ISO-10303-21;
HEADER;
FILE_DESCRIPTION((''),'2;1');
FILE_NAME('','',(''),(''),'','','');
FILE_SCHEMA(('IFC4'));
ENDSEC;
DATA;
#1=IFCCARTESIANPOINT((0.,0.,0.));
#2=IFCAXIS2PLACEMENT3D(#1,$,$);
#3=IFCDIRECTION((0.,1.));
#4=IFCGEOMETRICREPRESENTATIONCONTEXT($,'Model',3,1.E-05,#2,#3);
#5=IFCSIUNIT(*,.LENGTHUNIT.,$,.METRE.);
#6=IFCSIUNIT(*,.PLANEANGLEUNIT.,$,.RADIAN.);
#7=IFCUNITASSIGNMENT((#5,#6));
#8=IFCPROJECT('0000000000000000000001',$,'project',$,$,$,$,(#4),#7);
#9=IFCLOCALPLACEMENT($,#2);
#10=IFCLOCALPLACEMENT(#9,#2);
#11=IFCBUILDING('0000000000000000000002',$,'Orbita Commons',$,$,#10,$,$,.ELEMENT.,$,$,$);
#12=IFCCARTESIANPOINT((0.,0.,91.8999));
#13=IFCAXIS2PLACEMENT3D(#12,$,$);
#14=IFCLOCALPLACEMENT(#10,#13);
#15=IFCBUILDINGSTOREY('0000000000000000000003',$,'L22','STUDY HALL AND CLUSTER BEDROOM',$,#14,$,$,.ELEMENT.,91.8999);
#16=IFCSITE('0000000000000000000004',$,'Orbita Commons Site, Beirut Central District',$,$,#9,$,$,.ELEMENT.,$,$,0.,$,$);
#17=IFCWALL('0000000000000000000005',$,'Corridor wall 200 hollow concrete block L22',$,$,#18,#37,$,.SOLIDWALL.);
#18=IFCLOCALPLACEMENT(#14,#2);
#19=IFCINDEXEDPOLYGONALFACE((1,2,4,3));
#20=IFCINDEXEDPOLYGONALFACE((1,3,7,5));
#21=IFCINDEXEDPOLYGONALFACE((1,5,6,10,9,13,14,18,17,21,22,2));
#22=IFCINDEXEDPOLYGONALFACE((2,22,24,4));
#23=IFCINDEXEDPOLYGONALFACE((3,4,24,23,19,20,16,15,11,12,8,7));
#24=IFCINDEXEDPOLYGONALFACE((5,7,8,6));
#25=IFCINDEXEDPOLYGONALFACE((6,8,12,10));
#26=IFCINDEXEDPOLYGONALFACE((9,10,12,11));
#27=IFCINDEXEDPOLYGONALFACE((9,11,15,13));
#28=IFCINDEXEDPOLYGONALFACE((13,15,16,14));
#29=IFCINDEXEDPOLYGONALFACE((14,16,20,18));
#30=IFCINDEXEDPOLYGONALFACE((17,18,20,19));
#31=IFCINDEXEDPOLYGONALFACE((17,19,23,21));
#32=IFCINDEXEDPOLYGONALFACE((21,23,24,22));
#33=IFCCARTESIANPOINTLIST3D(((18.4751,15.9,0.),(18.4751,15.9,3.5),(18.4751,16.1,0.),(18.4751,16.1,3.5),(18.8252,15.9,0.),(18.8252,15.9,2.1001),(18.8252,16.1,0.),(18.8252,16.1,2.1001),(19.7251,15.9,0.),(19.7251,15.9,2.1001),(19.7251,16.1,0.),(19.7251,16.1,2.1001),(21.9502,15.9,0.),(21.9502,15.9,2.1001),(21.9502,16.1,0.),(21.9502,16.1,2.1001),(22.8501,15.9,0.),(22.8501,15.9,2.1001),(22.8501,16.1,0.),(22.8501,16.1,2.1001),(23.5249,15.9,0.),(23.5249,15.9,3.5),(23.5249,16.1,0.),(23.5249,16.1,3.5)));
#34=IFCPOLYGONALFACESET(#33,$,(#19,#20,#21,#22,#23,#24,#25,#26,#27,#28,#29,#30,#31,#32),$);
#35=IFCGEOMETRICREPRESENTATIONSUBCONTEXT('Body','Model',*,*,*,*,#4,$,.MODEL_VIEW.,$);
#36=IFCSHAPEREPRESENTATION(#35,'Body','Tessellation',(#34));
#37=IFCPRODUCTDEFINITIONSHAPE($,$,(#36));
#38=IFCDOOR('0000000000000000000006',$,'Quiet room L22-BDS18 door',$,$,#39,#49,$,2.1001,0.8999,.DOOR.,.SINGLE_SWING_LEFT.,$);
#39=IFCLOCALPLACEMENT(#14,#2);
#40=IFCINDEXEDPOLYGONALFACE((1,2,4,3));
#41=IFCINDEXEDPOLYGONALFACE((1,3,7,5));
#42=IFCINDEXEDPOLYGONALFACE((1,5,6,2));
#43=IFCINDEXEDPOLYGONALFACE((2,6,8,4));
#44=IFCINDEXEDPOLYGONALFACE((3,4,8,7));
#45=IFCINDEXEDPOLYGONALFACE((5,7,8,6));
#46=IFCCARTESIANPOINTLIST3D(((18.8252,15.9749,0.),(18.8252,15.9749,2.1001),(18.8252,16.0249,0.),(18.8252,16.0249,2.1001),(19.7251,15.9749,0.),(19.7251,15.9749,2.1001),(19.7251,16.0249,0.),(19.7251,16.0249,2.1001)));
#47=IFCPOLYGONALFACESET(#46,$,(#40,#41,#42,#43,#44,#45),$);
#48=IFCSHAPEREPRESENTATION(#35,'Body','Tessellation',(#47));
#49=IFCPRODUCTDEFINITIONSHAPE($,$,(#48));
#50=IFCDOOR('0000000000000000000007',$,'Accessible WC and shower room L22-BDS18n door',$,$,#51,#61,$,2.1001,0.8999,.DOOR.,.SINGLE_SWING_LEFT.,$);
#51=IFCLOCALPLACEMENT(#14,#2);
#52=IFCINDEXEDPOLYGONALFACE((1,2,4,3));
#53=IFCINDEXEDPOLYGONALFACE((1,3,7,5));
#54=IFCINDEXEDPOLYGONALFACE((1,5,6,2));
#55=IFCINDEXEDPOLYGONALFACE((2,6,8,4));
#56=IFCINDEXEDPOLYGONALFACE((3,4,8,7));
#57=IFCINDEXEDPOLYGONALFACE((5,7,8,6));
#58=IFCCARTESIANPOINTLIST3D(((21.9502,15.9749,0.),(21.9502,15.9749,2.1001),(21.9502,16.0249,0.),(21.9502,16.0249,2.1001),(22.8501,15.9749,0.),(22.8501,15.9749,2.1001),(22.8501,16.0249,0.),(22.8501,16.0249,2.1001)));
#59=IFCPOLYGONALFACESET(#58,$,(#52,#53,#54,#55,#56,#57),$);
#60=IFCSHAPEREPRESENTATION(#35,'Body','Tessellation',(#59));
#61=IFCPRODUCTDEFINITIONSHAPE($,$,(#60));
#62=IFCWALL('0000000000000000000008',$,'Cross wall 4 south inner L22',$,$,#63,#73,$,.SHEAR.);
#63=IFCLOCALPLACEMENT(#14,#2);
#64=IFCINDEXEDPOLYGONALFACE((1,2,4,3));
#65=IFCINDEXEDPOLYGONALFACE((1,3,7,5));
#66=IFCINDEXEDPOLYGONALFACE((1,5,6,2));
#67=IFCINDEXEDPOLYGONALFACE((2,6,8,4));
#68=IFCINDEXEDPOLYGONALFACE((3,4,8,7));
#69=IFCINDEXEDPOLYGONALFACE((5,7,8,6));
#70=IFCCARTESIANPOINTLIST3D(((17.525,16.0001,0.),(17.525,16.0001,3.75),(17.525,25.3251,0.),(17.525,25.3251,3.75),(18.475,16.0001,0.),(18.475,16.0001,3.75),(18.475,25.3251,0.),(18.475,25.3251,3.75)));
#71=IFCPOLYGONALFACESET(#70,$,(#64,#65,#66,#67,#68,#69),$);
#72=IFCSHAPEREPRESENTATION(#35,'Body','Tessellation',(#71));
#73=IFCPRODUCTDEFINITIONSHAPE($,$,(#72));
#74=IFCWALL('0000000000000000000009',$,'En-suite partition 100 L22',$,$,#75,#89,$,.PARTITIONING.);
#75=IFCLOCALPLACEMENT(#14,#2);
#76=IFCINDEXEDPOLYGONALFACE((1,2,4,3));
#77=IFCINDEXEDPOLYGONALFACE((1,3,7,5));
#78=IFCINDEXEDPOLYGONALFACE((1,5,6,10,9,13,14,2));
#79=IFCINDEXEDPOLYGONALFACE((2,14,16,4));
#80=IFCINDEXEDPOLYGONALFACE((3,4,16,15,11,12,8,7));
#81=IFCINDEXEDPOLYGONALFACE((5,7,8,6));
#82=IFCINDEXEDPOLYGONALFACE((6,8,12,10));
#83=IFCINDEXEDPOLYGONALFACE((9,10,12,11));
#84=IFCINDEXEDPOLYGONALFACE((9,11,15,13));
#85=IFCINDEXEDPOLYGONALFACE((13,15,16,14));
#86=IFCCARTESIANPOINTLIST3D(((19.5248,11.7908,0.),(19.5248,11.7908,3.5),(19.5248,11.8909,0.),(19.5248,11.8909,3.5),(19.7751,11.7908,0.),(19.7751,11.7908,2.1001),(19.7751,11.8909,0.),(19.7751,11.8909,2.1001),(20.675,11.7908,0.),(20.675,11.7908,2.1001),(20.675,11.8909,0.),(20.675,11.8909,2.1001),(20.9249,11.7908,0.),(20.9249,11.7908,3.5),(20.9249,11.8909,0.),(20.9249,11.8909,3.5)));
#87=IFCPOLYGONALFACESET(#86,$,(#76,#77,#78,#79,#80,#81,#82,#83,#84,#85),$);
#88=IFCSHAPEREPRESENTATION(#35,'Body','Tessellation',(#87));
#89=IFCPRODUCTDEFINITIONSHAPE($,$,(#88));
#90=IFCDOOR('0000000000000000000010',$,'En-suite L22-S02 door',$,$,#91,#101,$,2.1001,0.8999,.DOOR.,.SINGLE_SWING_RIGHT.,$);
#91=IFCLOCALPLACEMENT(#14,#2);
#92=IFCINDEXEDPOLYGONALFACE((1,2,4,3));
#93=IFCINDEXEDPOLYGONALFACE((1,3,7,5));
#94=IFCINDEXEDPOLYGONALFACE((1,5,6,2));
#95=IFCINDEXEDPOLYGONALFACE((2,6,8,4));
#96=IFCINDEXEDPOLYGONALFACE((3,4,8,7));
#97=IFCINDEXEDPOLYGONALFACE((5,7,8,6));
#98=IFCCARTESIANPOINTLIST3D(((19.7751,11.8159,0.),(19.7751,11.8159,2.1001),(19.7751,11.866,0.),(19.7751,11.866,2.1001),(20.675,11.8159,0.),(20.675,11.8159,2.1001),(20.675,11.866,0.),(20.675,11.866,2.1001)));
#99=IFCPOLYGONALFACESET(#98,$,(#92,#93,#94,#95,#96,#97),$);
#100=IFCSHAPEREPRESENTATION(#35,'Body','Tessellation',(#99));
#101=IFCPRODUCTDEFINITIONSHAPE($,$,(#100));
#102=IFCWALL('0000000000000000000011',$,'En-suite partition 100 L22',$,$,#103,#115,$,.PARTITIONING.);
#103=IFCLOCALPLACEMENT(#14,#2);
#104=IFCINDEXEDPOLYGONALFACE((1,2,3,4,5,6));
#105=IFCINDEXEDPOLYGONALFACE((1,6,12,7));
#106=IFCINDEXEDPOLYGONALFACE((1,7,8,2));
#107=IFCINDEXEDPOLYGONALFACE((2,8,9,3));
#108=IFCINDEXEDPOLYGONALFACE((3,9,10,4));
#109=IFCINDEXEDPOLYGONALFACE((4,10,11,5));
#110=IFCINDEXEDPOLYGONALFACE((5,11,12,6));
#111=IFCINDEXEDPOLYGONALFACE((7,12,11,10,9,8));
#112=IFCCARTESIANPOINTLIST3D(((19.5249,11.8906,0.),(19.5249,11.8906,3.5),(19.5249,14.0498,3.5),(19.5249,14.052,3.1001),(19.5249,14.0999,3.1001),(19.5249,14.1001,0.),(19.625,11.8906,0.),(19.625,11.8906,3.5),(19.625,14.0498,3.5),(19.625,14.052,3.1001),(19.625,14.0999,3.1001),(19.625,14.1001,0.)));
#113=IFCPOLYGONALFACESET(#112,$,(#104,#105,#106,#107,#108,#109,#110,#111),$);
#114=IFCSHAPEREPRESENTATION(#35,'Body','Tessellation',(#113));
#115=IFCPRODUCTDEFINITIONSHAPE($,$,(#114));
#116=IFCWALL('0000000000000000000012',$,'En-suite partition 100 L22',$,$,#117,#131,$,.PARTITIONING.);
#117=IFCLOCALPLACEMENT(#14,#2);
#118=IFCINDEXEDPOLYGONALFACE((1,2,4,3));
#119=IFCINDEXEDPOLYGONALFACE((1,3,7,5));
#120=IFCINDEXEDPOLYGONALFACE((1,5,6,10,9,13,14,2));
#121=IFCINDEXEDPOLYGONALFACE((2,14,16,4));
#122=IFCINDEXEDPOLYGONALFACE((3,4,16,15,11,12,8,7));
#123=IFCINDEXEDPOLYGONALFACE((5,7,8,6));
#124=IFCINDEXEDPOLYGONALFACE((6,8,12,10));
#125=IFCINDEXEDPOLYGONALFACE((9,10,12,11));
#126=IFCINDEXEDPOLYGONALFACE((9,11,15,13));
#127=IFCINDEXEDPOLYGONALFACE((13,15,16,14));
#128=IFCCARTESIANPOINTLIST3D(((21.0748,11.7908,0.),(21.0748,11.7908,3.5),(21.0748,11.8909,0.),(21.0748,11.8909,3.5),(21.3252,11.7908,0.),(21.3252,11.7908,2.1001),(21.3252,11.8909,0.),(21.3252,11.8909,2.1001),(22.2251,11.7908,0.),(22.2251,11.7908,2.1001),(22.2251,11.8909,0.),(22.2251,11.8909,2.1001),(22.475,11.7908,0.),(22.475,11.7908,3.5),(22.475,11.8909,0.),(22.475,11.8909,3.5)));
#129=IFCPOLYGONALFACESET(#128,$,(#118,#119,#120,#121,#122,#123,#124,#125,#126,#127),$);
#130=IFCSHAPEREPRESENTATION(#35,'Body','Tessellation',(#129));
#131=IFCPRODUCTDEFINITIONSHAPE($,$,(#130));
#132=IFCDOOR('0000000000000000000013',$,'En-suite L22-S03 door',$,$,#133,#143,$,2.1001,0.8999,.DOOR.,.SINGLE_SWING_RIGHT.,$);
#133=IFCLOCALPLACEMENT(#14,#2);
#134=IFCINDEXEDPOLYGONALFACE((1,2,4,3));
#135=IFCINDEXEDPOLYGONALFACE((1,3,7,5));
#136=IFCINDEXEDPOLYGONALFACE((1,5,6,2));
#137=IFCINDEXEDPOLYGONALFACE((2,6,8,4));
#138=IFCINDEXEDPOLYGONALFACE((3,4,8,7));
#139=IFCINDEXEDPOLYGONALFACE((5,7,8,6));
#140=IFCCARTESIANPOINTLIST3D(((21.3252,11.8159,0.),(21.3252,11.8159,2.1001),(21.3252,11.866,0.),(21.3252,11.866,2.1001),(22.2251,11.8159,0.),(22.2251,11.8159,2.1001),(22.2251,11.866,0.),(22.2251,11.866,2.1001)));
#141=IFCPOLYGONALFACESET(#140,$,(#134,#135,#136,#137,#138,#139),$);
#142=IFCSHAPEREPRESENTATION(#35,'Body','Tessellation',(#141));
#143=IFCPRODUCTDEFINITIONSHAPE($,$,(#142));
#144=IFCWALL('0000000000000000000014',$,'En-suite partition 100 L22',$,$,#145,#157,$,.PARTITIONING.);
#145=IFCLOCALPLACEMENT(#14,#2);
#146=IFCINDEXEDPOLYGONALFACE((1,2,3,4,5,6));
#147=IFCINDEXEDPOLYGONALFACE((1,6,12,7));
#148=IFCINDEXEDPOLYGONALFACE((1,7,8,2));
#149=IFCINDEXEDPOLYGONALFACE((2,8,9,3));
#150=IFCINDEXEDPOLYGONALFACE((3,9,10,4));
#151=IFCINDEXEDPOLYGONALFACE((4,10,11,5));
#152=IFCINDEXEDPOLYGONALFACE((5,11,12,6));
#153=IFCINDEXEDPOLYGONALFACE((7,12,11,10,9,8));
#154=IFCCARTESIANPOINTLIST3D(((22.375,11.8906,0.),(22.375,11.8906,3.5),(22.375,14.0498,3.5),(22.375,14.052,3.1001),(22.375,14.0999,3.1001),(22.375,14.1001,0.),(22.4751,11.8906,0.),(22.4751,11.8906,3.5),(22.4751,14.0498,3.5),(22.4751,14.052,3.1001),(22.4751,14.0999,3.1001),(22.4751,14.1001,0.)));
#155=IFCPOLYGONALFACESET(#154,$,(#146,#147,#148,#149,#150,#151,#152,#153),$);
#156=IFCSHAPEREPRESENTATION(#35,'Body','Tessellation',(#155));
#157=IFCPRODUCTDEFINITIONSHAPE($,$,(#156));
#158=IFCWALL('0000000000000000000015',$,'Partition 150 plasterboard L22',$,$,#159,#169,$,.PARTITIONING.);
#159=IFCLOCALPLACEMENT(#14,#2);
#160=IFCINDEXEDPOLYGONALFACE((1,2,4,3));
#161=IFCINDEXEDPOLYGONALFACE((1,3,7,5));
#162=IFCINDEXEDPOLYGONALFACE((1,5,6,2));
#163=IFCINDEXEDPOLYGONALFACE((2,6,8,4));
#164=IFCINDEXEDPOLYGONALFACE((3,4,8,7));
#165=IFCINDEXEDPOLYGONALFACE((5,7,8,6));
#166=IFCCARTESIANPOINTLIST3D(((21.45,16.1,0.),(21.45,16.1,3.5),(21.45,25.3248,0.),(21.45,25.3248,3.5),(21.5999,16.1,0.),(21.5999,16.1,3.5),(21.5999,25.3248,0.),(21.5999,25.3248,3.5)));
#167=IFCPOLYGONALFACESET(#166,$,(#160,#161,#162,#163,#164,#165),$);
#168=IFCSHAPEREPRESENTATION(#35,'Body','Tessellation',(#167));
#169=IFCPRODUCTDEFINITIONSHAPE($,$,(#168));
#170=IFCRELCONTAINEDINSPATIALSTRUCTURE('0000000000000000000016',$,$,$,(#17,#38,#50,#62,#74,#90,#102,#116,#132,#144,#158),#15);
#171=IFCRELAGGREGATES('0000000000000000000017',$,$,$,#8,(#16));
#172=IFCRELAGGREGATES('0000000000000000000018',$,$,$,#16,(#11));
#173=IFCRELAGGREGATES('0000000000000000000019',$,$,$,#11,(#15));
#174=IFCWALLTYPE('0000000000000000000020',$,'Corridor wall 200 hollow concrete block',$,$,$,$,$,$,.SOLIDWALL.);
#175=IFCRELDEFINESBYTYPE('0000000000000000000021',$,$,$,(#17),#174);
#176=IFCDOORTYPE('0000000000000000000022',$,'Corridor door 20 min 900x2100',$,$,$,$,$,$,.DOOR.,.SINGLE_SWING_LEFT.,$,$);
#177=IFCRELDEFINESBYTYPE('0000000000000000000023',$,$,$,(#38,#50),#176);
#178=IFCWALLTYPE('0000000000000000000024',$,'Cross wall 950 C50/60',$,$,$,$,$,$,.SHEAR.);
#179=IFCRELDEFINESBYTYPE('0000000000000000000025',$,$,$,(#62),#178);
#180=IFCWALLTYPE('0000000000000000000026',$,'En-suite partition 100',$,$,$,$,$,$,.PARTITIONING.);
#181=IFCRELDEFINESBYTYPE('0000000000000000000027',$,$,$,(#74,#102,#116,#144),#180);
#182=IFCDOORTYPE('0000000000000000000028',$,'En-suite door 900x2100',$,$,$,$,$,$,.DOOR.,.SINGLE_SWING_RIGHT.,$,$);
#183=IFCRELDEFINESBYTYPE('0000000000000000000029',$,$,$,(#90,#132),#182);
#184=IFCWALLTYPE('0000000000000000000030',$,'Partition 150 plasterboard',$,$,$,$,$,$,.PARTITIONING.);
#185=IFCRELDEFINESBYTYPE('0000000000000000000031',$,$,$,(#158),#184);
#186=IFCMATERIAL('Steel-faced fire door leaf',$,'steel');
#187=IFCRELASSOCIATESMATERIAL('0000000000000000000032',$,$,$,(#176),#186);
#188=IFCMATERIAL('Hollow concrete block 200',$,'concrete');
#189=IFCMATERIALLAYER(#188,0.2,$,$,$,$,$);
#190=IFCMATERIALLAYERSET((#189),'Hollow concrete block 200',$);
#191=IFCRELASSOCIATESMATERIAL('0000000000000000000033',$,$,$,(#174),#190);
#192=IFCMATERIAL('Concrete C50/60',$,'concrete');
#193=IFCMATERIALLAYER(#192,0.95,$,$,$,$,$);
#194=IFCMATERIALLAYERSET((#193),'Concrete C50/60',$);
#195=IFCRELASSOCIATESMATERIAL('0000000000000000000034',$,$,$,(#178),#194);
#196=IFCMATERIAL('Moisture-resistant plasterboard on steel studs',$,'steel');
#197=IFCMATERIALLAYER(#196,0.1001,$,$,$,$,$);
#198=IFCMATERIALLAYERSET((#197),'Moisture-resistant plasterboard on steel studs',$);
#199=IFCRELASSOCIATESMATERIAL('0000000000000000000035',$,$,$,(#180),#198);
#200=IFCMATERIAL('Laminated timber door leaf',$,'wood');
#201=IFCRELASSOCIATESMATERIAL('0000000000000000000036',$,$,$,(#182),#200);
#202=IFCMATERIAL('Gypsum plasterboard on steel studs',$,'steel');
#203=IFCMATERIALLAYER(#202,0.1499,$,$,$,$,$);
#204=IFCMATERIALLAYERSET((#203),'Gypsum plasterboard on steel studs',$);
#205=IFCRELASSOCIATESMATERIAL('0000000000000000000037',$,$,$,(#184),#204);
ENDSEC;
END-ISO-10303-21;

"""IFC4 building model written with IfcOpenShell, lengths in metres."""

from ifc_helpers import new_model, si_unit, direction, frame, frame_2d, origin, place, context, subcontext, project, spatial, polyline, rectangle, outline, extrude, material, layer, layer_set, type_object, element, fill, save


model = new_model("IFC4")

# Units and contexts
model_context = context("Model", 3, precision=1e-05, world=origin(), true_north=direction((0.0, 1.0)))
body_context = subcontext(model_context, "Body", "Model", "MODEL_VIEW")
ifc_project = project(units=[si_unit("LENGTHUNIT", "METRE"), si_unit("PLANEANGLEUNIT", "RADIAN")], contexts=[model_context])

# Site, building, storey
site_placement = place(None, origin())
site = spatial("IfcSite", under=ifc_project, at=site_placement, Name="Orbita Commons Site, Beirut Central District", CompositionType="ELEMENT", RefElevation=0.0)
building_placement = place(site_placement, origin())
building = spatial("IfcBuilding", under=site, at=building_placement, Name="Orbita Commons", CompositionType="ELEMENT")
storey_placement = place(building_placement, frame((0.0, 0.0, 91.8999)))
storey = spatial("IfcBuildingStorey", under=building, at=storey_placement, Name="L22", Description="STUDY HALL AND CLUSTER BEDROOM", CompositionType="ELEMENT", Elevation=91.8999)

# Wall, openings, doors
ifc_material_1 = material(Name="Steel-faced fire door leaf", Category="steel")
door_type_1 = type_object("IfcDoorType", Name="Corridor door 20 min 900x2100", OperationType="SINGLE_SWING_LEFT", PredefinedType="DOOR", material=ifc_material_1)
ifc_material_2 = material(Name="Hollow concrete block 200", Category="concrete")
ifc_layer_1 = layer(ifc_material_2, 0.2)
ifc_layer_set_1 = layer_set([ifc_layer_1], Name="Hollow concrete block 200")
wall_type_1 = type_object("IfcWallType", Name="Corridor wall 200 hollow concrete block", PredefinedType="SOLIDWALL", material=ifc_layer_set_1)
wall_1_placement = place(storey_placement, frame((18.4751, 16.0, 0.0), z_axis=(0.0, 0.0, 1.0), x_axis=(1.0, 0.0, 0.0)))
wall_1 = element("IfcWall", 1, at=wall_1_placement, inside=storey, type_object=wall_type_1, Name="Corridor wall 200 hollow concrete block L22", PredefinedType="SOLIDWALL", context=body_context, shape_type="SweptSolid", body=[
    extrude(rectangle(XDim=5.0498, YDim=0.2, at=frame_2d((2.5249, 0.0))), origin(), (0.0, 0.0, 1.0), 3.5),
])
opening_1_placement = place(wall_1_placement, frame((0.3501, 0.0, 0.0)))
opening_1 = element("IfcOpeningElement", 2, at=opening_1_placement, cuts=wall_1, PredefinedType="OPENING", context=body_context, shape_type="SweptSolid", body=[
    extrude(rectangle(XDim=0.8999, YDim=2.1001, at=frame_2d((0.45, 1.05))), frame((0.0, 0.1099, 0.0), z_axis=(0.0, -1.0, 0.0), x_axis=(1.0, 0.0, 0.0)), (0.0, 0.0, 1.0), 0.22),
])
opening_2_placement = place(wall_1_placement, frame((3.4751, 0.0, 0.0)))
opening_2 = element("IfcOpeningElement", 3, at=opening_2_placement, cuts=wall_1, PredefinedType="OPENING", context=body_context, shape_type="SweptSolid", body=[
    extrude(rectangle(XDim=0.8999, YDim=2.1001, at=frame_2d((0.45, 1.05))), frame((0.0, 0.1099, 0.0), z_axis=(0.0, -1.0, 0.0), x_axis=(1.0, 0.0, 0.0)), (0.0, 0.0, 1.0), 0.22),
])
door_1_placement = place(opening_1_placement, origin())
door_1 = element("IfcDoor", 4, at=door_1_placement, inside=storey, type_object=door_type_1, Name="Quiet room L22-BDS18 door", OperationType="SINGLE_SWING_LEFT", OverallHeight=2.1001, OverallWidth=0.8999, PredefinedType="DOOR", context=body_context, shape_type="SweptSolid", body=[
    extrude(rectangle(XDim=0.8999, YDim=2.1001, at=frame_2d((0.45, 1.05))), frame((0.0, 0.0249, 0.0), z_axis=(0.0, -1.0, 0.0), x_axis=(1.0, 0.0, 0.0)), (0.0, 0.0, 1.0), 0.05),
])
fill(opening_1, door_1)
door_2_placement = place(opening_2_placement, origin())
door_2 = element("IfcDoor", 5, at=door_2_placement, inside=storey, type_object=door_type_1, Name="Accessible WC and shower room L22-BDS18n door", OperationType="SINGLE_SWING_LEFT", OverallHeight=2.1001, OverallWidth=0.8999, PredefinedType="DOOR", context=body_context, shape_type="SweptSolid", body=[
    extrude(rectangle(XDim=0.8999, YDim=2.1001, at=frame_2d((0.45, 1.05))), frame((0.0, 0.0249, 0.0), z_axis=(0.0, -1.0, 0.0), x_axis=(1.0, 0.0, 0.0)), (0.0, 0.0, 1.0), 0.05),
])
fill(opening_2, door_2)

# Wall
ifc_material_3 = material(Name="Concrete C50/60", Category="concrete")
ifc_layer_2 = layer(ifc_material_3, 0.95)
ifc_layer_set_2 = layer_set([ifc_layer_2], Name="Concrete C50/60")
wall_type_2 = type_object("IfcWallType", Name="Cross wall 950 C50/60", PredefinedType="SHEAR", material=ifc_layer_set_2)
wall_2_placement = place(storey_placement, frame((18.0, 16.0, 0.0), z_axis=(0.0, 0.0, 1.0), x_axis=(0.0, 1.0, 0.0)))
element("IfcWall", 6, at=wall_2_placement, inside=storey, type_object=wall_type_2, Name="Cross wall 4 south inner L22", PredefinedType="SHEAR", context=body_context, shape_type="SweptSolid", body=[
    extrude(rectangle(XDim=9.325, YDim=0.95, at=frame_2d((4.6626, 0.0))), origin(), (0.0, 0.0, 1.0), 3.75),
])

# Wall, opening, door
ifc_material_4 = material(Name="Moisture-resistant plasterboard on steel studs", Category="steel")
ifc_layer_3 = layer(ifc_material_4, 0.1001)
ifc_layer_set_3 = layer_set([ifc_layer_3], Name="Moisture-resistant plasterboard on steel studs")
wall_type_3 = type_object("IfcWallType", Name="En-suite partition 100", PredefinedType="PARTITIONING", material=ifc_layer_set_3)
wall_3_placement = place(storey_placement, frame((20.925, 11.8408, 0.0), z_axis=(0.0, 0.0, 1.0), x_axis=(-1.0, 0.0, 0.0)))
wall_3 = element("IfcWall", 7, at=wall_3_placement, inside=storey, type_object=wall_type_3, Name="En-suite partition 100 L22", PredefinedType="PARTITIONING", context=body_context, shape_type="SweptSolid", body=[
    extrude(rectangle(XDim=1.4001, YDim=0.1001, at=frame_2d((0.7002, 0.0))), origin(), (0.0, 0.0, 1.0), 3.5),
])
opening_3_placement = place(wall_3_placement, frame((0.25, 0.0, 0.0)))
opening_3 = element("IfcOpeningElement", 8, at=opening_3_placement, cuts=wall_3, PredefinedType="OPENING", context=body_context, shape_type="SweptSolid", body=[
    extrude(rectangle(XDim=0.8999, YDim=2.1001, at=frame_2d((0.45, 1.05))), frame((0.0, 0.0601, 0.0), z_axis=(0.0, -1.0, 0.0), x_axis=(1.0, 0.0, 0.0)), (0.0, 0.0, 1.0), 0.1201),
])
ifc_material_5 = material(Name="Laminated timber door leaf", Category="wood")
door_type_2 = type_object("IfcDoorType", Name="En-suite door 900x2100", OperationType="SINGLE_SWING_RIGHT", PredefinedType="DOOR", material=ifc_material_5)
door_3_placement = place(opening_3_placement, origin())
door_3 = element("IfcDoor", 9, at=door_3_placement, inside=storey, type_object=door_type_2, Name="En-suite L22-S02 door", OperationType="SINGLE_SWING_RIGHT", OverallHeight=2.1001, OverallWidth=0.8999, PredefinedType="DOOR", context=body_context, shape_type="SweptSolid", body=[
    extrude(rectangle(XDim=0.8999, YDim=2.1001, at=frame_2d((0.45, 1.05))), frame((0.0, 0.0249, 0.0), z_axis=(0.0, -1.0, 0.0), x_axis=(1.0, 0.0, 0.0)), (0.0, 0.0, 1.0), 0.05),
])
fill(opening_3, door_3)

# Wall
wall_4_placement = place(storey_placement, frame((19.575, 11.8906, 0.0), z_axis=(0.0, 0.0, 1.0), x_axis=(0.0, 1.0, 0.0)))
element("IfcWall", 10, at=wall_4_placement, inside=storey, type_object=wall_type_3, Name="En-suite partition 100 L22", PredefinedType="PARTITIONING", context=body_context, shape_type="SweptSolid", body=[
    extrude(outline(polyline([(0.0, 0.0), (2.2095, 0.0), (2.2092, 3.1001), (2.1614, 3.1001), (2.1592, 3.5), (0.0, 3.5), (0.0, 0.0)])), frame((0.0, 0.05, 0.0), z_axis=(0.0, -1.0, 0.0), x_axis=(1.0, 0.0, 0.0)), (0.0, 0.0, 1.0), 0.1001),
])

# Wall, opening, door
wall_5_placement = place(storey_placement, frame((22.4751, 11.8408, 0.0), z_axis=(0.0, 0.0, 1.0), x_axis=(-1.0, 0.0, 0.0)))
wall_5 = element("IfcWall", 11, at=wall_5_placement, inside=storey, type_object=wall_type_3, Name="En-suite partition 100 L22", PredefinedType="PARTITIONING", context=body_context, shape_type="SweptSolid", body=[
    extrude(rectangle(XDim=1.4001, YDim=0.1001, at=frame_2d((0.7002, 0.0))), origin(), (0.0, 0.0, 1.0), 3.5),
])
opening_4_placement = place(wall_5_placement, frame((0.25, 0.0, 0.0)))
opening_4 = element("IfcOpeningElement", 12, at=opening_4_placement, cuts=wall_5, PredefinedType="OPENING", context=body_context, shape_type="SweptSolid", body=[
    extrude(rectangle(XDim=0.8999, YDim=2.1001, at=frame_2d((0.45, 1.05))), frame((0.0, 0.0601, 0.0), z_axis=(0.0, -1.0, 0.0), x_axis=(1.0, 0.0, 0.0)), (0.0, 0.0, 1.0), 0.1201),
])
door_4_placement = place(opening_4_placement, origin())
door_4 = element("IfcDoor", 13, at=door_4_placement, inside=storey, type_object=door_type_2, Name="En-suite L22-S03 door", OperationType="SINGLE_SWING_RIGHT", OverallHeight=2.1001, OverallWidth=0.8999, PredefinedType="DOOR", context=body_context, shape_type="SweptSolid", body=[
    extrude(rectangle(XDim=0.8999, YDim=2.1001, at=frame_2d((0.45, 1.05))), frame((0.0, 0.0249, 0.0), z_axis=(0.0, -1.0, 0.0), x_axis=(1.0, 0.0, 0.0)), (0.0, 0.0, 1.0), 0.05),
])
fill(opening_4, door_4)

# Walls
wall_6_placement = place(storey_placement, frame((22.425, 11.8906, 0.0), z_axis=(0.0, 0.0, 1.0), x_axis=(0.0, 1.0, 0.0)))
element("IfcWall", 14, at=wall_6_placement, inside=storey, type_object=wall_type_3, Name="En-suite partition 100 L22", PredefinedType="PARTITIONING", context=body_context, shape_type="SweptSolid", body=[
    extrude(outline(polyline([(0.0, 0.0), (2.2095, 0.0), (2.2092, 3.1001), (2.1614, 3.1001), (2.1592, 3.5), (0.0, 3.5), (0.0, 0.0)])), frame((0.0, 0.05, 0.0), z_axis=(0.0, -1.0, 0.0), x_axis=(1.0, 0.0, 0.0)), (0.0, 0.0, 1.0), 0.1001),
])
ifc_material_6 = material(Name="Gypsum plasterboard on steel studs", Category="steel")
ifc_layer_4 = layer(ifc_material_6, 0.1499)
ifc_layer_set_4 = layer_set([ifc_layer_4], Name="Gypsum plasterboard on steel studs")
wall_type_4 = type_object("IfcWallType", Name="Partition 150 plasterboard", PredefinedType="PARTITIONING", material=ifc_layer_set_4)
wall_7_placement = place(storey_placement, frame((21.5249, 16.1001, 0.0), z_axis=(0.0, 0.0, 1.0), x_axis=(0.0, 1.0, 0.0)))
element("IfcWall", 15, at=wall_7_placement, inside=storey, type_object=wall_type_4, Name="Partition 150 plasterboard L22", PredefinedType="PARTITIONING", context=body_context, shape_type="SweptSolid", body=[
    extrude(rectangle(XDim=9.2249, YDim=0.1499, at=frame_2d((4.6123, 0.0))), origin(), (0.0, 0.0, 1.0), 3.5),
])

save(model, "model.ifc")
